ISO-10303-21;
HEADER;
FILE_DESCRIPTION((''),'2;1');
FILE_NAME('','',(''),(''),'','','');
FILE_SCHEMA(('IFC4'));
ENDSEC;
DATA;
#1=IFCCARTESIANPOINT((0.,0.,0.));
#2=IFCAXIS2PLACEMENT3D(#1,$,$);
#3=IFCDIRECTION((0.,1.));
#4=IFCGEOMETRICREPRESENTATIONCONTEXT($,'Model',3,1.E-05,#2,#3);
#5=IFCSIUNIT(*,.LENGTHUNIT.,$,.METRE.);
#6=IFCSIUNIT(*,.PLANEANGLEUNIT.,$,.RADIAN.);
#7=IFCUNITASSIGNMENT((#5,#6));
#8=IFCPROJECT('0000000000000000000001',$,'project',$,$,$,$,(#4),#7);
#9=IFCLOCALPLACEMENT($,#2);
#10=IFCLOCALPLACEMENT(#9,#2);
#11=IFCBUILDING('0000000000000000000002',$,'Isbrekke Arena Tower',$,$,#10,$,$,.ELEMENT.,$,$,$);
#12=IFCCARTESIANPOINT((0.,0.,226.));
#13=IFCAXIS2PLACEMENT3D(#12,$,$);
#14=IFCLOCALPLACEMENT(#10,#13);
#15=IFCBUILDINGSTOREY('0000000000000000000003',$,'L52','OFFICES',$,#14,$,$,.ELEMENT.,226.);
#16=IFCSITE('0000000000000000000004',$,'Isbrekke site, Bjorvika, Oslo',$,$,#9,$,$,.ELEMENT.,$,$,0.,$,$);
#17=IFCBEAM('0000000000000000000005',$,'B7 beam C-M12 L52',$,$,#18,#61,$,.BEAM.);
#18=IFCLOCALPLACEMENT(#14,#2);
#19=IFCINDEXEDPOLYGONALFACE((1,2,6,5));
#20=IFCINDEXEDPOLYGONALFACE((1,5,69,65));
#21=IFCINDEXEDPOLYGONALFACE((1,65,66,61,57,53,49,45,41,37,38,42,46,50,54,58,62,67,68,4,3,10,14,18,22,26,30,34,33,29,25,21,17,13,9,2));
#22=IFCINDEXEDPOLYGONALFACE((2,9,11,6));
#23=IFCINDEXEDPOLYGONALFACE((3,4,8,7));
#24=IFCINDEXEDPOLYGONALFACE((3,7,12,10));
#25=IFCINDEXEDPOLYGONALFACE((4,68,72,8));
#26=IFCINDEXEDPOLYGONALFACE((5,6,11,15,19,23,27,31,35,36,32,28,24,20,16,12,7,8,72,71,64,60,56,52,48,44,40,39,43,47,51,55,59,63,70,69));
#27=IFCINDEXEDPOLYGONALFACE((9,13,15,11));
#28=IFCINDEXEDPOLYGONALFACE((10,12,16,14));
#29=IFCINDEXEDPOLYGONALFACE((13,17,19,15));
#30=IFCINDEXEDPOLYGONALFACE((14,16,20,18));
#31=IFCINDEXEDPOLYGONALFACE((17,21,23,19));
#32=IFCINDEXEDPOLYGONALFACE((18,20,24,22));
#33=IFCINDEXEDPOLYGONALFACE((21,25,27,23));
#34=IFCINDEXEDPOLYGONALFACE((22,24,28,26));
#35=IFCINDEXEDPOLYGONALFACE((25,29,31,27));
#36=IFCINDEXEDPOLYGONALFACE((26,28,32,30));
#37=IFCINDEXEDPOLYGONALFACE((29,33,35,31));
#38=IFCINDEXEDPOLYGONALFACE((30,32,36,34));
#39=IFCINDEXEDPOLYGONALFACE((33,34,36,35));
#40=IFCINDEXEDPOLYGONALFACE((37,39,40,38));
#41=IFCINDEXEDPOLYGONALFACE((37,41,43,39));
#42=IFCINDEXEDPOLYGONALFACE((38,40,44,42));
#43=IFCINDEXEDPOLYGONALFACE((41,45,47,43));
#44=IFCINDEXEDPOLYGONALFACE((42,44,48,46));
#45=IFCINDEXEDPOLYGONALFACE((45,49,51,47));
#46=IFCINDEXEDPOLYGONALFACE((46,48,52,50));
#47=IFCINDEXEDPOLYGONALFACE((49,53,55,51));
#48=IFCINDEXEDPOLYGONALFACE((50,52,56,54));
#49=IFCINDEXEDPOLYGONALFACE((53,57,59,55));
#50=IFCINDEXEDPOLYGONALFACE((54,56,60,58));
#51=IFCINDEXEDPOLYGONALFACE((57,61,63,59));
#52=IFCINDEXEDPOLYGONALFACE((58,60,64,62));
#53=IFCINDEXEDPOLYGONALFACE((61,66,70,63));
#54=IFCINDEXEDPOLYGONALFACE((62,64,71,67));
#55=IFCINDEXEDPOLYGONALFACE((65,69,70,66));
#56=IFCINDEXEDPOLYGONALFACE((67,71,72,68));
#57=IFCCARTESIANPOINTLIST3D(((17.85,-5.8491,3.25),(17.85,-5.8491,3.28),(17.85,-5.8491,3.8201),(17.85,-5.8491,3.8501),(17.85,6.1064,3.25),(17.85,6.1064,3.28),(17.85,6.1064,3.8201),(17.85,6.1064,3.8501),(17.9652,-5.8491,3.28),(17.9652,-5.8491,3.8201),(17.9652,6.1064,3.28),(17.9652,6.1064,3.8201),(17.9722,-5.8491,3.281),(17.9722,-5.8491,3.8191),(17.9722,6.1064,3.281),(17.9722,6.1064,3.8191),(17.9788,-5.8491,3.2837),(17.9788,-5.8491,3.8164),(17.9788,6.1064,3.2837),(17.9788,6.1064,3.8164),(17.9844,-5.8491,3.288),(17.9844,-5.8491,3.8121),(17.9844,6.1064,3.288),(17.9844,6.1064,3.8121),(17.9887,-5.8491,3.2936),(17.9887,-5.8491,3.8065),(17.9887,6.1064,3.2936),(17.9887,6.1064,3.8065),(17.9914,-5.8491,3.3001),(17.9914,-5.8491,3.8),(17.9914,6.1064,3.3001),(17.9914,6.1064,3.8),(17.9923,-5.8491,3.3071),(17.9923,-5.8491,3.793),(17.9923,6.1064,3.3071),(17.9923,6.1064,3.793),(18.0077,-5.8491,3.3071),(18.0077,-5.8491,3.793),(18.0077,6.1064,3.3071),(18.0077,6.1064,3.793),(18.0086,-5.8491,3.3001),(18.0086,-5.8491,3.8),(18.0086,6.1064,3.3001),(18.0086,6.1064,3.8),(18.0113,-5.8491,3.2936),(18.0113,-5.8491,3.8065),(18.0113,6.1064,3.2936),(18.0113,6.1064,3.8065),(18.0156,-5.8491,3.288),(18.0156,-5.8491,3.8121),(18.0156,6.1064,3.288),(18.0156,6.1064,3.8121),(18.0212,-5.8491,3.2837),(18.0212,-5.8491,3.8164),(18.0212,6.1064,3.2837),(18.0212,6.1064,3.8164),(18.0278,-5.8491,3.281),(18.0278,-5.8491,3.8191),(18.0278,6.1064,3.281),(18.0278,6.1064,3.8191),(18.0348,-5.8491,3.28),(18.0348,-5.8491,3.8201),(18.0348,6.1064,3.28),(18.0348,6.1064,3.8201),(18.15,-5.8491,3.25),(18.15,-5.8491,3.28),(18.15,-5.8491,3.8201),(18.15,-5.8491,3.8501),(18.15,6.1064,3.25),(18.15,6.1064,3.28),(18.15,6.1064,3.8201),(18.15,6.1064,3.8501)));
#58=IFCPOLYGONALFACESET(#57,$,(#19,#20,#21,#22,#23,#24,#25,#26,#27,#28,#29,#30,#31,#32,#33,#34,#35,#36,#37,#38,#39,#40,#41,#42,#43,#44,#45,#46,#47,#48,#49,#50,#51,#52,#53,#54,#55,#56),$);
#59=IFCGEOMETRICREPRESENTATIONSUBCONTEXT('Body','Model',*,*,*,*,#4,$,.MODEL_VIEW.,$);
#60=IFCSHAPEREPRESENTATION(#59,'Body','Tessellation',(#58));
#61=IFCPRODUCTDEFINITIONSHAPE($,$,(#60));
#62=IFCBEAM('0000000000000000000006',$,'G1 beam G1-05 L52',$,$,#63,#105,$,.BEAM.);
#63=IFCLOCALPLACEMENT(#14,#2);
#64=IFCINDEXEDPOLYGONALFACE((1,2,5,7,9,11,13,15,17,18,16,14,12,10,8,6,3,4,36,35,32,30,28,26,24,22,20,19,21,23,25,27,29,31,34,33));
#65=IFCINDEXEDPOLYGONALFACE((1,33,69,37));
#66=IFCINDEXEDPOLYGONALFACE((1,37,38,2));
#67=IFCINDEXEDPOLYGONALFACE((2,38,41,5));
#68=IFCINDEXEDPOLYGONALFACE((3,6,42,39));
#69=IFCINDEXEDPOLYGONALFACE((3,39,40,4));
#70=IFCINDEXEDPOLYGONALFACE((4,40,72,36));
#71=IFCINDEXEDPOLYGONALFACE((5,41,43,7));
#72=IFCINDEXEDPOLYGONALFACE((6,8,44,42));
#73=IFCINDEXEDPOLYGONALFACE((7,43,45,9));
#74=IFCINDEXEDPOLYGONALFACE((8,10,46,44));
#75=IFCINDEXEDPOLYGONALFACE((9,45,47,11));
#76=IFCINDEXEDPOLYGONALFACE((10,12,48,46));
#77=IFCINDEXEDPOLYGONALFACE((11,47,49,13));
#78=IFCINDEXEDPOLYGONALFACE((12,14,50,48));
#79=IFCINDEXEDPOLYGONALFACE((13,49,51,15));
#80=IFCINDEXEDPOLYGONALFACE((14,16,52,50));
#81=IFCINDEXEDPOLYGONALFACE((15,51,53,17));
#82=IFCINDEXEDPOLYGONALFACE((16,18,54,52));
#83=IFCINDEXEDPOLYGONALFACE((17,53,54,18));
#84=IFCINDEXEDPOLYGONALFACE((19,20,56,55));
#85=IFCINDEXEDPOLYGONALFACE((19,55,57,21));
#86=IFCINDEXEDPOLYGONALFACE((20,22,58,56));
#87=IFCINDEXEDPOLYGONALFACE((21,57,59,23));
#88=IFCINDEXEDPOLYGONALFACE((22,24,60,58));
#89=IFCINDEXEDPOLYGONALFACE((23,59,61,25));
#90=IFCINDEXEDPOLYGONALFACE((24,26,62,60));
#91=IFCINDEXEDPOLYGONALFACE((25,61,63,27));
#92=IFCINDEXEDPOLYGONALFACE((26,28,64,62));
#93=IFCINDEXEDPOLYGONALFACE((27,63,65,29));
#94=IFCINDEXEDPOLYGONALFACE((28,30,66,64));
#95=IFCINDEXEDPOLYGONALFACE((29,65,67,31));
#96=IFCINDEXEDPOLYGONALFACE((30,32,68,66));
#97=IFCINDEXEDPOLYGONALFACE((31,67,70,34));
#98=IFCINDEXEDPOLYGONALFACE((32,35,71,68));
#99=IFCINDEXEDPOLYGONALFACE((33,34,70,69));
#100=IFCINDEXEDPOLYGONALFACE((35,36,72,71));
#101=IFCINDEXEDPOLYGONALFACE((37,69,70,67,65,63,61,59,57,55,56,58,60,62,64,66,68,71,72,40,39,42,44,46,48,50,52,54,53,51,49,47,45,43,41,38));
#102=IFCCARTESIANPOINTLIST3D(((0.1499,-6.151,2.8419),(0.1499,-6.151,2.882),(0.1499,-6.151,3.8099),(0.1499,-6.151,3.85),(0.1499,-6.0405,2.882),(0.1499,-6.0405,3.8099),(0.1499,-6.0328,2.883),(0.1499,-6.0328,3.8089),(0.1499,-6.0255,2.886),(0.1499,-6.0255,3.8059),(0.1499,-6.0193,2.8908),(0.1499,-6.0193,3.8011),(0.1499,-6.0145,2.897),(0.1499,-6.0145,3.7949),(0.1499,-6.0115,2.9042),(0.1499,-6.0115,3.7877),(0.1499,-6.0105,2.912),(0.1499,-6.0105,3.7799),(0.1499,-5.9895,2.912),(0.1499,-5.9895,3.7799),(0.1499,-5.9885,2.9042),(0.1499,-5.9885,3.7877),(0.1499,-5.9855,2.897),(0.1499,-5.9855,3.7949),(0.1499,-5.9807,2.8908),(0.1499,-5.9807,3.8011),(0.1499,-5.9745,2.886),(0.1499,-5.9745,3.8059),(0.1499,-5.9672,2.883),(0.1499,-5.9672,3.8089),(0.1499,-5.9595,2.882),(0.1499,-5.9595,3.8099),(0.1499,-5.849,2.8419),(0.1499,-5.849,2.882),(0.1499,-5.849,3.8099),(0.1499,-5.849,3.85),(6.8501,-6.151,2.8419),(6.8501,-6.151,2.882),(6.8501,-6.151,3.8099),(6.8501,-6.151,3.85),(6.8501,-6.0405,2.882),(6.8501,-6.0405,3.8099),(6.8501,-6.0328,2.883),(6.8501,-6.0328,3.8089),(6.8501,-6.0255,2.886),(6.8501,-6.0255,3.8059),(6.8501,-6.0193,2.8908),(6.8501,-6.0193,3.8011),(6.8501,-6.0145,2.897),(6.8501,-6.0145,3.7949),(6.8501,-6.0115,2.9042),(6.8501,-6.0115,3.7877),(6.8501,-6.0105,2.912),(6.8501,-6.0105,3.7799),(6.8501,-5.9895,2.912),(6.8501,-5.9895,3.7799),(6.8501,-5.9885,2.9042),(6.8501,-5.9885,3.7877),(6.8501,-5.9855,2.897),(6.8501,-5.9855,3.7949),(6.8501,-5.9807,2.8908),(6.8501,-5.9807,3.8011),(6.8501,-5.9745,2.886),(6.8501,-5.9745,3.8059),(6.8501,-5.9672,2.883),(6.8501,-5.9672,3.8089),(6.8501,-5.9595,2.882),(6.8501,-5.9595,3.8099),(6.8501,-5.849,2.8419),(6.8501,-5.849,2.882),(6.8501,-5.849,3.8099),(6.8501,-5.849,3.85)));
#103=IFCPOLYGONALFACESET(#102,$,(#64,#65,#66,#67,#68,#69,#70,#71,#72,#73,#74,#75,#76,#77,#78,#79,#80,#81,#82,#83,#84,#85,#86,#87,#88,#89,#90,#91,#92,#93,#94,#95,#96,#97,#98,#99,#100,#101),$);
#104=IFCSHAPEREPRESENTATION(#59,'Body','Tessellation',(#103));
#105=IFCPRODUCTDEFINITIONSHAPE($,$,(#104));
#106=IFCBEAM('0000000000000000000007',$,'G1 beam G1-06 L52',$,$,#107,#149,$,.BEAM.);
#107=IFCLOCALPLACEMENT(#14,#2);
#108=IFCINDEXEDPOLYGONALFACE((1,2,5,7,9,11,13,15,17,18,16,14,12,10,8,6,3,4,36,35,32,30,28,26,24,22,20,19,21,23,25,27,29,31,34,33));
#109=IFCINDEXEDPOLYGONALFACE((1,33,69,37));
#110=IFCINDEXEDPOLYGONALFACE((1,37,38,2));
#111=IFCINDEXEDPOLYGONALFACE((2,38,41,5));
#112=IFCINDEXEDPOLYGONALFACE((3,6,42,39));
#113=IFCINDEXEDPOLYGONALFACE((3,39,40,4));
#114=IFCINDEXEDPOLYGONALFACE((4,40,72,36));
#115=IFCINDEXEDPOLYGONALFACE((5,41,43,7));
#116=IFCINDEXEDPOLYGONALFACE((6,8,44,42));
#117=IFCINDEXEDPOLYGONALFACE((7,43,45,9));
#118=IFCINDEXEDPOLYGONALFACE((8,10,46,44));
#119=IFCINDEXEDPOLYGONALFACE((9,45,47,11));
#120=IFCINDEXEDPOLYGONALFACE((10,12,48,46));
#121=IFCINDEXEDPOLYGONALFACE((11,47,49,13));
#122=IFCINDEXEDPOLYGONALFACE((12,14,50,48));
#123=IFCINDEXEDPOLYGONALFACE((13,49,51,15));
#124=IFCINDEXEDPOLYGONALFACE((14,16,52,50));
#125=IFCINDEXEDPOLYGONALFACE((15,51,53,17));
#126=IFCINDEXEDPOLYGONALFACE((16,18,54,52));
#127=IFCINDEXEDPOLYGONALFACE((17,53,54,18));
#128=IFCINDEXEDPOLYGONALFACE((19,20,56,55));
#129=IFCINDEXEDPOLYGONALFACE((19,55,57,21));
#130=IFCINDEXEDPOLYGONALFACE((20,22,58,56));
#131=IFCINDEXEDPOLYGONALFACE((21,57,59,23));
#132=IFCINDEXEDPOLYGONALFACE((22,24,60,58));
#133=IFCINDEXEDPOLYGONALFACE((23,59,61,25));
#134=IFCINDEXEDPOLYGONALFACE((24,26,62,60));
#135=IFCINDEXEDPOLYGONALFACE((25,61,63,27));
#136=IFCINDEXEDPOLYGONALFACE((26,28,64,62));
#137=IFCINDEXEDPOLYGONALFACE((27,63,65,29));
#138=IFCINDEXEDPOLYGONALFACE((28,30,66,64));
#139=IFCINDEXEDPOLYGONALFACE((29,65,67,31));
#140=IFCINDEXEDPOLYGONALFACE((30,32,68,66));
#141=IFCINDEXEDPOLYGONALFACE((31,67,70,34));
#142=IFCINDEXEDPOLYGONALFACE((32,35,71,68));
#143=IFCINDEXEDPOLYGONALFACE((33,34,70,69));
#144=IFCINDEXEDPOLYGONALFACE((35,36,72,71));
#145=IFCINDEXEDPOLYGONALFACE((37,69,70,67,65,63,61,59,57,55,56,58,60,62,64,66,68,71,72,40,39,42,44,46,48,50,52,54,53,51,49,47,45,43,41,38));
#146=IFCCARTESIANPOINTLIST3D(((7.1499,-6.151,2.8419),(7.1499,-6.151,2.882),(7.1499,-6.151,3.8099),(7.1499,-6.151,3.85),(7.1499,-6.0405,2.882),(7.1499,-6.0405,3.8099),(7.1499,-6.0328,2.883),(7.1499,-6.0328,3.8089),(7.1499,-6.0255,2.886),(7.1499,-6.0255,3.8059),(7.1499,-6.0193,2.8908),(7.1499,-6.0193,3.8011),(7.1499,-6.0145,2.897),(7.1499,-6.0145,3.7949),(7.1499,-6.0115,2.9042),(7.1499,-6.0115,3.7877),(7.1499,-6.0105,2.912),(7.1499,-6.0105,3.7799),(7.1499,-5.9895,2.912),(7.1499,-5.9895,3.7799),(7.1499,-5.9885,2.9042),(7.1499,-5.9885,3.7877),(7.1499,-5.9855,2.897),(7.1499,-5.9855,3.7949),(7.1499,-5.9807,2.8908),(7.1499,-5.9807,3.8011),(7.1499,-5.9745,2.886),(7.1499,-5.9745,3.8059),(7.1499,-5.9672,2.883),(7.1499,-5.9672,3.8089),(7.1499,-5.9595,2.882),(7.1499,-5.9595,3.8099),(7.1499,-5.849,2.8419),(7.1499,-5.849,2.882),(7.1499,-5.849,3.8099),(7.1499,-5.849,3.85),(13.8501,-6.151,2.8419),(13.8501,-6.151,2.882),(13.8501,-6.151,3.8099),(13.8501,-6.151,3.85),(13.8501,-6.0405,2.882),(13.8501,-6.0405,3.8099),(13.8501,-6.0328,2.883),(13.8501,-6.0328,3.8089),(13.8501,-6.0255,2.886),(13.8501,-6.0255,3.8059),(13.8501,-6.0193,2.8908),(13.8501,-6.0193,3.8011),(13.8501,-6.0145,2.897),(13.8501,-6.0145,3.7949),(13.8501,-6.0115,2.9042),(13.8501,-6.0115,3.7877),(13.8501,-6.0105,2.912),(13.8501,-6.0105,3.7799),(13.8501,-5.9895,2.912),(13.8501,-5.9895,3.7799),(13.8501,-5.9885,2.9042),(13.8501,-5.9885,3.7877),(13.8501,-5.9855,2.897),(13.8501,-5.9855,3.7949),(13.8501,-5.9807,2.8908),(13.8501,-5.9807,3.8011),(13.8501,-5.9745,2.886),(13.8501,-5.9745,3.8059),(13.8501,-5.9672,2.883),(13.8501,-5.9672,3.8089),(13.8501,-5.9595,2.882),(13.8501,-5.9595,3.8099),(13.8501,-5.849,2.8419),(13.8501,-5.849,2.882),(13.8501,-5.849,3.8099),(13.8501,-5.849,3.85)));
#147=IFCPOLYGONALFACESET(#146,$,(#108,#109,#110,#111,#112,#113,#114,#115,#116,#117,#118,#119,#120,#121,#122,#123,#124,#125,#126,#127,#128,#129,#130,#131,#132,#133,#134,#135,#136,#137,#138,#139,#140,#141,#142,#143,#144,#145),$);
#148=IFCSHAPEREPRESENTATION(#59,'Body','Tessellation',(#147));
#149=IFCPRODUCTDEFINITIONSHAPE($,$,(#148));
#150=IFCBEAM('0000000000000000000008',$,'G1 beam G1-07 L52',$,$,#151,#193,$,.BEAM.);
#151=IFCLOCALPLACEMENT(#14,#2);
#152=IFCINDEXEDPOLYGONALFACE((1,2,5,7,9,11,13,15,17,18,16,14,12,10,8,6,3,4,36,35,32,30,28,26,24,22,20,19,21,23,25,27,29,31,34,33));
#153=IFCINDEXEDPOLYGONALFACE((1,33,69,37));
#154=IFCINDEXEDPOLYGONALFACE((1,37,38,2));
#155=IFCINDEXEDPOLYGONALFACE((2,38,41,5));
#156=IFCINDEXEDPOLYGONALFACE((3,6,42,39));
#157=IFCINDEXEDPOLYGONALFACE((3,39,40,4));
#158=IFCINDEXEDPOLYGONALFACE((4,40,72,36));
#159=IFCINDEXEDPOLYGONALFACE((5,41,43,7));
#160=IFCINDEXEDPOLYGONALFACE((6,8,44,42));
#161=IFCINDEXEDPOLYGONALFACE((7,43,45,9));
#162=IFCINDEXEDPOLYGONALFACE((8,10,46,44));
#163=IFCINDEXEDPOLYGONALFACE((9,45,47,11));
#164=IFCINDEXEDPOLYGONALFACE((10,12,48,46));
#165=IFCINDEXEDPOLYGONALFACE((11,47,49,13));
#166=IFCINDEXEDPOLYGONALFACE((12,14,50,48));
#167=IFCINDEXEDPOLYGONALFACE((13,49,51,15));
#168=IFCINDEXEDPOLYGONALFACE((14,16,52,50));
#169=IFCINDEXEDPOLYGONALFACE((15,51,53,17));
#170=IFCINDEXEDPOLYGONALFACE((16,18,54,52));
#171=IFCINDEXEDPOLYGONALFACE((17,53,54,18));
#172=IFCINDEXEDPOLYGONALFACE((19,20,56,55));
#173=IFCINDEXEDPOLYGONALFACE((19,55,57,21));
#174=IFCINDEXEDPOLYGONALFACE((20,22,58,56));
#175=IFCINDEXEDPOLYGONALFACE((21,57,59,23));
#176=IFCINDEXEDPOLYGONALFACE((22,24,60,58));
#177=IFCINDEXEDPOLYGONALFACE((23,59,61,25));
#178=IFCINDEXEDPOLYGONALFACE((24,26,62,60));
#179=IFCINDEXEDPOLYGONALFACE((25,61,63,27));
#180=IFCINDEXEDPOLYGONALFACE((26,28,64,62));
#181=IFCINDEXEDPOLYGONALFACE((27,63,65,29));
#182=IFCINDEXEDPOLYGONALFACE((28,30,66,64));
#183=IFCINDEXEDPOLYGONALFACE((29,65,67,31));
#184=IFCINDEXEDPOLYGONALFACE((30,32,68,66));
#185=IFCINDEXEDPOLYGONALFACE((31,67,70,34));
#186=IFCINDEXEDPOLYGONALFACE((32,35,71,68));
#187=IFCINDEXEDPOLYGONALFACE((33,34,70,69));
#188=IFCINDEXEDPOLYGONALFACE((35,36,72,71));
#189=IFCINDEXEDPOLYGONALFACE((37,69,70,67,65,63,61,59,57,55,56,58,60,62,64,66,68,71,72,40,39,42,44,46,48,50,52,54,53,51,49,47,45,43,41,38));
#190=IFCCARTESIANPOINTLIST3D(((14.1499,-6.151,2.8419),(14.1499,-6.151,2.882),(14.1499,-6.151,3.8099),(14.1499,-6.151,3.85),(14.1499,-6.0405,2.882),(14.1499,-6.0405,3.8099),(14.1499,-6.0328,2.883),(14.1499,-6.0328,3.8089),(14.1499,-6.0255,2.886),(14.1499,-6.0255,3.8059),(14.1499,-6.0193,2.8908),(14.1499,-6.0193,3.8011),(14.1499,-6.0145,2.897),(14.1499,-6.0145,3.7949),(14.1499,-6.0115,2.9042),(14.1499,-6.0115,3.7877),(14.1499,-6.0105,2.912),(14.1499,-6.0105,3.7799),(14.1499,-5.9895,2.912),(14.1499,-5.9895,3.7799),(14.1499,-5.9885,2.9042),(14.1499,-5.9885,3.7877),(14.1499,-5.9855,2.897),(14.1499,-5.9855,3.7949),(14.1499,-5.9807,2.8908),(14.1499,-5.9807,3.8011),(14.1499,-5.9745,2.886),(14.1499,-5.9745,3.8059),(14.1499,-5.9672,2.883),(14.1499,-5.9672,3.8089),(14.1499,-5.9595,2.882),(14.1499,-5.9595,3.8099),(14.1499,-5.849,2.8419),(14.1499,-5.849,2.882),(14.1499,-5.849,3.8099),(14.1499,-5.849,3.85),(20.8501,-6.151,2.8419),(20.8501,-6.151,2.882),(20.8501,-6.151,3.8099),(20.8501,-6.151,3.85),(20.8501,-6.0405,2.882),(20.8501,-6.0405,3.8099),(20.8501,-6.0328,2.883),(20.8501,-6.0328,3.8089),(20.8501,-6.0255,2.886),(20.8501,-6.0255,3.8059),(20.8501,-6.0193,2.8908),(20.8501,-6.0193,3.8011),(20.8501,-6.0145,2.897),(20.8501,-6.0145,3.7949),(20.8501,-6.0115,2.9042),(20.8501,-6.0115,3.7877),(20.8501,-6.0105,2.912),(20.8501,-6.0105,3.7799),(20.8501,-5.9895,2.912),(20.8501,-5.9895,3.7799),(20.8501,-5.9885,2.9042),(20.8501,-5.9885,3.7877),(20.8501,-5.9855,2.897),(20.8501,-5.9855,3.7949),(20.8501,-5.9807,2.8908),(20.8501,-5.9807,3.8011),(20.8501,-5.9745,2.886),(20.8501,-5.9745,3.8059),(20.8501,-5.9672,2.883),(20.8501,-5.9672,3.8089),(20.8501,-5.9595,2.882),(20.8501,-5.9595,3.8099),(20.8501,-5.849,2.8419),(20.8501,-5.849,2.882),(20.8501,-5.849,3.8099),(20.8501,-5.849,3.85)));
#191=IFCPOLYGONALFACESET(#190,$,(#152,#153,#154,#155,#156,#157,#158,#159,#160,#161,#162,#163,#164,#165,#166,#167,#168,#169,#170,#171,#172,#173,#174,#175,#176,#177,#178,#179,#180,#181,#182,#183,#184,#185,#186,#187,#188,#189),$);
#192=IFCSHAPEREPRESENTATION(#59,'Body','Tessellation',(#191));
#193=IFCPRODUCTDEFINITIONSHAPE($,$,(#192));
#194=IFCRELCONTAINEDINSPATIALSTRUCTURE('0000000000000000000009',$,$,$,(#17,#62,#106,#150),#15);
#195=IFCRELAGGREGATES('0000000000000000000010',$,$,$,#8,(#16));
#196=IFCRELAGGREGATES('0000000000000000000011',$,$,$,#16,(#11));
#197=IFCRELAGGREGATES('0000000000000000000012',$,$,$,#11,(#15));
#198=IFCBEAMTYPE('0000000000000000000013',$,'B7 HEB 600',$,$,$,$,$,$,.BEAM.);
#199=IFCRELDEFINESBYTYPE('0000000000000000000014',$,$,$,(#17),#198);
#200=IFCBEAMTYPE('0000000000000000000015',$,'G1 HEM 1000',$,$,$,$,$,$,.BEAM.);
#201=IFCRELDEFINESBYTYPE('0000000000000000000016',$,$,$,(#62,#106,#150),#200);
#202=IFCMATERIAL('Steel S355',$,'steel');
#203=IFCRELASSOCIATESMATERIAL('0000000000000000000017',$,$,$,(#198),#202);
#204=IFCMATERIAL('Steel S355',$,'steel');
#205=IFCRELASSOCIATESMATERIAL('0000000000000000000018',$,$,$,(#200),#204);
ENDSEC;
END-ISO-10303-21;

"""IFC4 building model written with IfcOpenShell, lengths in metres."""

from ifc_helpers import new_model, si_unit, direction, frame, origin, origin_2d, place, context, subcontext, project, spatial, i_section, extrude, material, material_profile, profile_set, type_object, element, save


model = new_model("IFC4")

# Units and contexts
model_context = context("Model", 3, precision=1e-05, world=origin(), true_north=direction((0.0, 1.0)))
body_context = subcontext(model_context, "Body", "Model", "MODEL_VIEW")
ifc_project = project(units=[si_unit("LENGTHUNIT", "METRE"), si_unit("PLANEANGLEUNIT", "RADIAN")], contexts=[model_context])

# Site, building, storey
site_placement = place(None, origin())
site = spatial("IfcSite", under=ifc_project, at=site_placement, Name="Isbrekke site, Bjorvika, Oslo", CompositionType="ELEMENT", RefElevation=0.0)
building_placement = place(site_placement, origin())
building = spatial("IfcBuilding", under=site, at=building_placement, Name="Isbrekke Arena Tower", CompositionType="ELEMENT")
storey_placement = place(building_placement, frame((0.0, 0.0, 226.0)))
storey = spatial("IfcBuildingStorey", under=building, at=storey_placement, Name="L52", Description="OFFICES", CompositionType="ELEMENT", Elevation=226.0)

# Beams
ifc_material_1 = material(Name="Steel S355", Category="steel")
ifc_material_profile_1 = material_profile(ifc_material_1, i_section(OverallWidth=0.3, OverallDepth=0.6001, WebThickness=0.0154, FlangeThickness=0.03, FilletRadius=0.0271, at=origin_2d()), Name="HEB 600")
ifc_profile_set_1 = profile_set([ifc_material_profile_1], Name="Steel S355")
beam_type_1 = type_object("IfcBeamType", Name="B7 HEB 600", PredefinedType="BEAM", material=ifc_profile_set_1)
beam_1_placement = place(storey_placement, frame((18.0, -5.8491, 3.55), z_axis=(0.0, 1.0, 0.0), x_axis=(-1.0, 0.0, 0.0)))
element("IfcBeam", 1, at=beam_1_placement, inside=storey, type_object=beam_type_1, Name="B7 beam C-M12 L52", PredefinedType="BEAM", context=body_context, shape_type="SweptSolid", body=[
    extrude(i_section(OverallWidth=0.3, OverallDepth=0.6001, WebThickness=0.0154, FlangeThickness=0.03, FilletRadius=0.0271, at=origin_2d()), origin(), (0.0, 0.0, 1.0), 11.9556),
])
ifc_material_2 = material(Name="Steel S355", Category="steel")
ifc_material_profile_2 = material_profile(ifc_material_2, i_section(OverallWidth=0.302, OverallDepth=1.0081, WebThickness=0.021, FlangeThickness=0.04, FilletRadius=0.03, at=origin_2d()), Name="HEM 1000")
ifc_profile_set_2 = profile_set([ifc_material_profile_2], Name="Steel S355")
beam_type_2 = type_object("IfcBeamType", Name="G1 HEM 1000", PredefinedType="BEAM", material=ifc_profile_set_2)
for number, where, z_axis, x_axis, name in (
    (2, (0.1499, -6.0, 3.3459), (1.0, 0.0, 0.0), (0.0, 1.0, 0.0), "G1 beam G1-05 L52"),
    (3, (7.1499, -6.0, 3.3459), (1.0, 0.0, 0.0), (0.0, 1.0, 0.0), "G1 beam G1-06 L52"),
    (4, (14.1499, -6.0, 3.3459), (1.0, 0.0, 0.0), (0.0, 1.0, 0.0), "G1 beam G1-07 L52"),
):
    element("IfcBeam", number, at=place(storey_placement, frame(where, z_axis=z_axis, x_axis=x_axis)), inside=storey, type_object=beam_type_2, Name=name, PredefinedType="BEAM", context=body_context, shape_type="SweptSolid", body=[
        extrude(i_section(OverallWidth=0.302, OverallDepth=1.0081, WebThickness=0.021, FlangeThickness=0.04, FilletRadius=0.03, at=origin_2d()), origin(), (0.0, 0.0, 1.0), 6.7002),
    ])

save(model, "model.ifc")
